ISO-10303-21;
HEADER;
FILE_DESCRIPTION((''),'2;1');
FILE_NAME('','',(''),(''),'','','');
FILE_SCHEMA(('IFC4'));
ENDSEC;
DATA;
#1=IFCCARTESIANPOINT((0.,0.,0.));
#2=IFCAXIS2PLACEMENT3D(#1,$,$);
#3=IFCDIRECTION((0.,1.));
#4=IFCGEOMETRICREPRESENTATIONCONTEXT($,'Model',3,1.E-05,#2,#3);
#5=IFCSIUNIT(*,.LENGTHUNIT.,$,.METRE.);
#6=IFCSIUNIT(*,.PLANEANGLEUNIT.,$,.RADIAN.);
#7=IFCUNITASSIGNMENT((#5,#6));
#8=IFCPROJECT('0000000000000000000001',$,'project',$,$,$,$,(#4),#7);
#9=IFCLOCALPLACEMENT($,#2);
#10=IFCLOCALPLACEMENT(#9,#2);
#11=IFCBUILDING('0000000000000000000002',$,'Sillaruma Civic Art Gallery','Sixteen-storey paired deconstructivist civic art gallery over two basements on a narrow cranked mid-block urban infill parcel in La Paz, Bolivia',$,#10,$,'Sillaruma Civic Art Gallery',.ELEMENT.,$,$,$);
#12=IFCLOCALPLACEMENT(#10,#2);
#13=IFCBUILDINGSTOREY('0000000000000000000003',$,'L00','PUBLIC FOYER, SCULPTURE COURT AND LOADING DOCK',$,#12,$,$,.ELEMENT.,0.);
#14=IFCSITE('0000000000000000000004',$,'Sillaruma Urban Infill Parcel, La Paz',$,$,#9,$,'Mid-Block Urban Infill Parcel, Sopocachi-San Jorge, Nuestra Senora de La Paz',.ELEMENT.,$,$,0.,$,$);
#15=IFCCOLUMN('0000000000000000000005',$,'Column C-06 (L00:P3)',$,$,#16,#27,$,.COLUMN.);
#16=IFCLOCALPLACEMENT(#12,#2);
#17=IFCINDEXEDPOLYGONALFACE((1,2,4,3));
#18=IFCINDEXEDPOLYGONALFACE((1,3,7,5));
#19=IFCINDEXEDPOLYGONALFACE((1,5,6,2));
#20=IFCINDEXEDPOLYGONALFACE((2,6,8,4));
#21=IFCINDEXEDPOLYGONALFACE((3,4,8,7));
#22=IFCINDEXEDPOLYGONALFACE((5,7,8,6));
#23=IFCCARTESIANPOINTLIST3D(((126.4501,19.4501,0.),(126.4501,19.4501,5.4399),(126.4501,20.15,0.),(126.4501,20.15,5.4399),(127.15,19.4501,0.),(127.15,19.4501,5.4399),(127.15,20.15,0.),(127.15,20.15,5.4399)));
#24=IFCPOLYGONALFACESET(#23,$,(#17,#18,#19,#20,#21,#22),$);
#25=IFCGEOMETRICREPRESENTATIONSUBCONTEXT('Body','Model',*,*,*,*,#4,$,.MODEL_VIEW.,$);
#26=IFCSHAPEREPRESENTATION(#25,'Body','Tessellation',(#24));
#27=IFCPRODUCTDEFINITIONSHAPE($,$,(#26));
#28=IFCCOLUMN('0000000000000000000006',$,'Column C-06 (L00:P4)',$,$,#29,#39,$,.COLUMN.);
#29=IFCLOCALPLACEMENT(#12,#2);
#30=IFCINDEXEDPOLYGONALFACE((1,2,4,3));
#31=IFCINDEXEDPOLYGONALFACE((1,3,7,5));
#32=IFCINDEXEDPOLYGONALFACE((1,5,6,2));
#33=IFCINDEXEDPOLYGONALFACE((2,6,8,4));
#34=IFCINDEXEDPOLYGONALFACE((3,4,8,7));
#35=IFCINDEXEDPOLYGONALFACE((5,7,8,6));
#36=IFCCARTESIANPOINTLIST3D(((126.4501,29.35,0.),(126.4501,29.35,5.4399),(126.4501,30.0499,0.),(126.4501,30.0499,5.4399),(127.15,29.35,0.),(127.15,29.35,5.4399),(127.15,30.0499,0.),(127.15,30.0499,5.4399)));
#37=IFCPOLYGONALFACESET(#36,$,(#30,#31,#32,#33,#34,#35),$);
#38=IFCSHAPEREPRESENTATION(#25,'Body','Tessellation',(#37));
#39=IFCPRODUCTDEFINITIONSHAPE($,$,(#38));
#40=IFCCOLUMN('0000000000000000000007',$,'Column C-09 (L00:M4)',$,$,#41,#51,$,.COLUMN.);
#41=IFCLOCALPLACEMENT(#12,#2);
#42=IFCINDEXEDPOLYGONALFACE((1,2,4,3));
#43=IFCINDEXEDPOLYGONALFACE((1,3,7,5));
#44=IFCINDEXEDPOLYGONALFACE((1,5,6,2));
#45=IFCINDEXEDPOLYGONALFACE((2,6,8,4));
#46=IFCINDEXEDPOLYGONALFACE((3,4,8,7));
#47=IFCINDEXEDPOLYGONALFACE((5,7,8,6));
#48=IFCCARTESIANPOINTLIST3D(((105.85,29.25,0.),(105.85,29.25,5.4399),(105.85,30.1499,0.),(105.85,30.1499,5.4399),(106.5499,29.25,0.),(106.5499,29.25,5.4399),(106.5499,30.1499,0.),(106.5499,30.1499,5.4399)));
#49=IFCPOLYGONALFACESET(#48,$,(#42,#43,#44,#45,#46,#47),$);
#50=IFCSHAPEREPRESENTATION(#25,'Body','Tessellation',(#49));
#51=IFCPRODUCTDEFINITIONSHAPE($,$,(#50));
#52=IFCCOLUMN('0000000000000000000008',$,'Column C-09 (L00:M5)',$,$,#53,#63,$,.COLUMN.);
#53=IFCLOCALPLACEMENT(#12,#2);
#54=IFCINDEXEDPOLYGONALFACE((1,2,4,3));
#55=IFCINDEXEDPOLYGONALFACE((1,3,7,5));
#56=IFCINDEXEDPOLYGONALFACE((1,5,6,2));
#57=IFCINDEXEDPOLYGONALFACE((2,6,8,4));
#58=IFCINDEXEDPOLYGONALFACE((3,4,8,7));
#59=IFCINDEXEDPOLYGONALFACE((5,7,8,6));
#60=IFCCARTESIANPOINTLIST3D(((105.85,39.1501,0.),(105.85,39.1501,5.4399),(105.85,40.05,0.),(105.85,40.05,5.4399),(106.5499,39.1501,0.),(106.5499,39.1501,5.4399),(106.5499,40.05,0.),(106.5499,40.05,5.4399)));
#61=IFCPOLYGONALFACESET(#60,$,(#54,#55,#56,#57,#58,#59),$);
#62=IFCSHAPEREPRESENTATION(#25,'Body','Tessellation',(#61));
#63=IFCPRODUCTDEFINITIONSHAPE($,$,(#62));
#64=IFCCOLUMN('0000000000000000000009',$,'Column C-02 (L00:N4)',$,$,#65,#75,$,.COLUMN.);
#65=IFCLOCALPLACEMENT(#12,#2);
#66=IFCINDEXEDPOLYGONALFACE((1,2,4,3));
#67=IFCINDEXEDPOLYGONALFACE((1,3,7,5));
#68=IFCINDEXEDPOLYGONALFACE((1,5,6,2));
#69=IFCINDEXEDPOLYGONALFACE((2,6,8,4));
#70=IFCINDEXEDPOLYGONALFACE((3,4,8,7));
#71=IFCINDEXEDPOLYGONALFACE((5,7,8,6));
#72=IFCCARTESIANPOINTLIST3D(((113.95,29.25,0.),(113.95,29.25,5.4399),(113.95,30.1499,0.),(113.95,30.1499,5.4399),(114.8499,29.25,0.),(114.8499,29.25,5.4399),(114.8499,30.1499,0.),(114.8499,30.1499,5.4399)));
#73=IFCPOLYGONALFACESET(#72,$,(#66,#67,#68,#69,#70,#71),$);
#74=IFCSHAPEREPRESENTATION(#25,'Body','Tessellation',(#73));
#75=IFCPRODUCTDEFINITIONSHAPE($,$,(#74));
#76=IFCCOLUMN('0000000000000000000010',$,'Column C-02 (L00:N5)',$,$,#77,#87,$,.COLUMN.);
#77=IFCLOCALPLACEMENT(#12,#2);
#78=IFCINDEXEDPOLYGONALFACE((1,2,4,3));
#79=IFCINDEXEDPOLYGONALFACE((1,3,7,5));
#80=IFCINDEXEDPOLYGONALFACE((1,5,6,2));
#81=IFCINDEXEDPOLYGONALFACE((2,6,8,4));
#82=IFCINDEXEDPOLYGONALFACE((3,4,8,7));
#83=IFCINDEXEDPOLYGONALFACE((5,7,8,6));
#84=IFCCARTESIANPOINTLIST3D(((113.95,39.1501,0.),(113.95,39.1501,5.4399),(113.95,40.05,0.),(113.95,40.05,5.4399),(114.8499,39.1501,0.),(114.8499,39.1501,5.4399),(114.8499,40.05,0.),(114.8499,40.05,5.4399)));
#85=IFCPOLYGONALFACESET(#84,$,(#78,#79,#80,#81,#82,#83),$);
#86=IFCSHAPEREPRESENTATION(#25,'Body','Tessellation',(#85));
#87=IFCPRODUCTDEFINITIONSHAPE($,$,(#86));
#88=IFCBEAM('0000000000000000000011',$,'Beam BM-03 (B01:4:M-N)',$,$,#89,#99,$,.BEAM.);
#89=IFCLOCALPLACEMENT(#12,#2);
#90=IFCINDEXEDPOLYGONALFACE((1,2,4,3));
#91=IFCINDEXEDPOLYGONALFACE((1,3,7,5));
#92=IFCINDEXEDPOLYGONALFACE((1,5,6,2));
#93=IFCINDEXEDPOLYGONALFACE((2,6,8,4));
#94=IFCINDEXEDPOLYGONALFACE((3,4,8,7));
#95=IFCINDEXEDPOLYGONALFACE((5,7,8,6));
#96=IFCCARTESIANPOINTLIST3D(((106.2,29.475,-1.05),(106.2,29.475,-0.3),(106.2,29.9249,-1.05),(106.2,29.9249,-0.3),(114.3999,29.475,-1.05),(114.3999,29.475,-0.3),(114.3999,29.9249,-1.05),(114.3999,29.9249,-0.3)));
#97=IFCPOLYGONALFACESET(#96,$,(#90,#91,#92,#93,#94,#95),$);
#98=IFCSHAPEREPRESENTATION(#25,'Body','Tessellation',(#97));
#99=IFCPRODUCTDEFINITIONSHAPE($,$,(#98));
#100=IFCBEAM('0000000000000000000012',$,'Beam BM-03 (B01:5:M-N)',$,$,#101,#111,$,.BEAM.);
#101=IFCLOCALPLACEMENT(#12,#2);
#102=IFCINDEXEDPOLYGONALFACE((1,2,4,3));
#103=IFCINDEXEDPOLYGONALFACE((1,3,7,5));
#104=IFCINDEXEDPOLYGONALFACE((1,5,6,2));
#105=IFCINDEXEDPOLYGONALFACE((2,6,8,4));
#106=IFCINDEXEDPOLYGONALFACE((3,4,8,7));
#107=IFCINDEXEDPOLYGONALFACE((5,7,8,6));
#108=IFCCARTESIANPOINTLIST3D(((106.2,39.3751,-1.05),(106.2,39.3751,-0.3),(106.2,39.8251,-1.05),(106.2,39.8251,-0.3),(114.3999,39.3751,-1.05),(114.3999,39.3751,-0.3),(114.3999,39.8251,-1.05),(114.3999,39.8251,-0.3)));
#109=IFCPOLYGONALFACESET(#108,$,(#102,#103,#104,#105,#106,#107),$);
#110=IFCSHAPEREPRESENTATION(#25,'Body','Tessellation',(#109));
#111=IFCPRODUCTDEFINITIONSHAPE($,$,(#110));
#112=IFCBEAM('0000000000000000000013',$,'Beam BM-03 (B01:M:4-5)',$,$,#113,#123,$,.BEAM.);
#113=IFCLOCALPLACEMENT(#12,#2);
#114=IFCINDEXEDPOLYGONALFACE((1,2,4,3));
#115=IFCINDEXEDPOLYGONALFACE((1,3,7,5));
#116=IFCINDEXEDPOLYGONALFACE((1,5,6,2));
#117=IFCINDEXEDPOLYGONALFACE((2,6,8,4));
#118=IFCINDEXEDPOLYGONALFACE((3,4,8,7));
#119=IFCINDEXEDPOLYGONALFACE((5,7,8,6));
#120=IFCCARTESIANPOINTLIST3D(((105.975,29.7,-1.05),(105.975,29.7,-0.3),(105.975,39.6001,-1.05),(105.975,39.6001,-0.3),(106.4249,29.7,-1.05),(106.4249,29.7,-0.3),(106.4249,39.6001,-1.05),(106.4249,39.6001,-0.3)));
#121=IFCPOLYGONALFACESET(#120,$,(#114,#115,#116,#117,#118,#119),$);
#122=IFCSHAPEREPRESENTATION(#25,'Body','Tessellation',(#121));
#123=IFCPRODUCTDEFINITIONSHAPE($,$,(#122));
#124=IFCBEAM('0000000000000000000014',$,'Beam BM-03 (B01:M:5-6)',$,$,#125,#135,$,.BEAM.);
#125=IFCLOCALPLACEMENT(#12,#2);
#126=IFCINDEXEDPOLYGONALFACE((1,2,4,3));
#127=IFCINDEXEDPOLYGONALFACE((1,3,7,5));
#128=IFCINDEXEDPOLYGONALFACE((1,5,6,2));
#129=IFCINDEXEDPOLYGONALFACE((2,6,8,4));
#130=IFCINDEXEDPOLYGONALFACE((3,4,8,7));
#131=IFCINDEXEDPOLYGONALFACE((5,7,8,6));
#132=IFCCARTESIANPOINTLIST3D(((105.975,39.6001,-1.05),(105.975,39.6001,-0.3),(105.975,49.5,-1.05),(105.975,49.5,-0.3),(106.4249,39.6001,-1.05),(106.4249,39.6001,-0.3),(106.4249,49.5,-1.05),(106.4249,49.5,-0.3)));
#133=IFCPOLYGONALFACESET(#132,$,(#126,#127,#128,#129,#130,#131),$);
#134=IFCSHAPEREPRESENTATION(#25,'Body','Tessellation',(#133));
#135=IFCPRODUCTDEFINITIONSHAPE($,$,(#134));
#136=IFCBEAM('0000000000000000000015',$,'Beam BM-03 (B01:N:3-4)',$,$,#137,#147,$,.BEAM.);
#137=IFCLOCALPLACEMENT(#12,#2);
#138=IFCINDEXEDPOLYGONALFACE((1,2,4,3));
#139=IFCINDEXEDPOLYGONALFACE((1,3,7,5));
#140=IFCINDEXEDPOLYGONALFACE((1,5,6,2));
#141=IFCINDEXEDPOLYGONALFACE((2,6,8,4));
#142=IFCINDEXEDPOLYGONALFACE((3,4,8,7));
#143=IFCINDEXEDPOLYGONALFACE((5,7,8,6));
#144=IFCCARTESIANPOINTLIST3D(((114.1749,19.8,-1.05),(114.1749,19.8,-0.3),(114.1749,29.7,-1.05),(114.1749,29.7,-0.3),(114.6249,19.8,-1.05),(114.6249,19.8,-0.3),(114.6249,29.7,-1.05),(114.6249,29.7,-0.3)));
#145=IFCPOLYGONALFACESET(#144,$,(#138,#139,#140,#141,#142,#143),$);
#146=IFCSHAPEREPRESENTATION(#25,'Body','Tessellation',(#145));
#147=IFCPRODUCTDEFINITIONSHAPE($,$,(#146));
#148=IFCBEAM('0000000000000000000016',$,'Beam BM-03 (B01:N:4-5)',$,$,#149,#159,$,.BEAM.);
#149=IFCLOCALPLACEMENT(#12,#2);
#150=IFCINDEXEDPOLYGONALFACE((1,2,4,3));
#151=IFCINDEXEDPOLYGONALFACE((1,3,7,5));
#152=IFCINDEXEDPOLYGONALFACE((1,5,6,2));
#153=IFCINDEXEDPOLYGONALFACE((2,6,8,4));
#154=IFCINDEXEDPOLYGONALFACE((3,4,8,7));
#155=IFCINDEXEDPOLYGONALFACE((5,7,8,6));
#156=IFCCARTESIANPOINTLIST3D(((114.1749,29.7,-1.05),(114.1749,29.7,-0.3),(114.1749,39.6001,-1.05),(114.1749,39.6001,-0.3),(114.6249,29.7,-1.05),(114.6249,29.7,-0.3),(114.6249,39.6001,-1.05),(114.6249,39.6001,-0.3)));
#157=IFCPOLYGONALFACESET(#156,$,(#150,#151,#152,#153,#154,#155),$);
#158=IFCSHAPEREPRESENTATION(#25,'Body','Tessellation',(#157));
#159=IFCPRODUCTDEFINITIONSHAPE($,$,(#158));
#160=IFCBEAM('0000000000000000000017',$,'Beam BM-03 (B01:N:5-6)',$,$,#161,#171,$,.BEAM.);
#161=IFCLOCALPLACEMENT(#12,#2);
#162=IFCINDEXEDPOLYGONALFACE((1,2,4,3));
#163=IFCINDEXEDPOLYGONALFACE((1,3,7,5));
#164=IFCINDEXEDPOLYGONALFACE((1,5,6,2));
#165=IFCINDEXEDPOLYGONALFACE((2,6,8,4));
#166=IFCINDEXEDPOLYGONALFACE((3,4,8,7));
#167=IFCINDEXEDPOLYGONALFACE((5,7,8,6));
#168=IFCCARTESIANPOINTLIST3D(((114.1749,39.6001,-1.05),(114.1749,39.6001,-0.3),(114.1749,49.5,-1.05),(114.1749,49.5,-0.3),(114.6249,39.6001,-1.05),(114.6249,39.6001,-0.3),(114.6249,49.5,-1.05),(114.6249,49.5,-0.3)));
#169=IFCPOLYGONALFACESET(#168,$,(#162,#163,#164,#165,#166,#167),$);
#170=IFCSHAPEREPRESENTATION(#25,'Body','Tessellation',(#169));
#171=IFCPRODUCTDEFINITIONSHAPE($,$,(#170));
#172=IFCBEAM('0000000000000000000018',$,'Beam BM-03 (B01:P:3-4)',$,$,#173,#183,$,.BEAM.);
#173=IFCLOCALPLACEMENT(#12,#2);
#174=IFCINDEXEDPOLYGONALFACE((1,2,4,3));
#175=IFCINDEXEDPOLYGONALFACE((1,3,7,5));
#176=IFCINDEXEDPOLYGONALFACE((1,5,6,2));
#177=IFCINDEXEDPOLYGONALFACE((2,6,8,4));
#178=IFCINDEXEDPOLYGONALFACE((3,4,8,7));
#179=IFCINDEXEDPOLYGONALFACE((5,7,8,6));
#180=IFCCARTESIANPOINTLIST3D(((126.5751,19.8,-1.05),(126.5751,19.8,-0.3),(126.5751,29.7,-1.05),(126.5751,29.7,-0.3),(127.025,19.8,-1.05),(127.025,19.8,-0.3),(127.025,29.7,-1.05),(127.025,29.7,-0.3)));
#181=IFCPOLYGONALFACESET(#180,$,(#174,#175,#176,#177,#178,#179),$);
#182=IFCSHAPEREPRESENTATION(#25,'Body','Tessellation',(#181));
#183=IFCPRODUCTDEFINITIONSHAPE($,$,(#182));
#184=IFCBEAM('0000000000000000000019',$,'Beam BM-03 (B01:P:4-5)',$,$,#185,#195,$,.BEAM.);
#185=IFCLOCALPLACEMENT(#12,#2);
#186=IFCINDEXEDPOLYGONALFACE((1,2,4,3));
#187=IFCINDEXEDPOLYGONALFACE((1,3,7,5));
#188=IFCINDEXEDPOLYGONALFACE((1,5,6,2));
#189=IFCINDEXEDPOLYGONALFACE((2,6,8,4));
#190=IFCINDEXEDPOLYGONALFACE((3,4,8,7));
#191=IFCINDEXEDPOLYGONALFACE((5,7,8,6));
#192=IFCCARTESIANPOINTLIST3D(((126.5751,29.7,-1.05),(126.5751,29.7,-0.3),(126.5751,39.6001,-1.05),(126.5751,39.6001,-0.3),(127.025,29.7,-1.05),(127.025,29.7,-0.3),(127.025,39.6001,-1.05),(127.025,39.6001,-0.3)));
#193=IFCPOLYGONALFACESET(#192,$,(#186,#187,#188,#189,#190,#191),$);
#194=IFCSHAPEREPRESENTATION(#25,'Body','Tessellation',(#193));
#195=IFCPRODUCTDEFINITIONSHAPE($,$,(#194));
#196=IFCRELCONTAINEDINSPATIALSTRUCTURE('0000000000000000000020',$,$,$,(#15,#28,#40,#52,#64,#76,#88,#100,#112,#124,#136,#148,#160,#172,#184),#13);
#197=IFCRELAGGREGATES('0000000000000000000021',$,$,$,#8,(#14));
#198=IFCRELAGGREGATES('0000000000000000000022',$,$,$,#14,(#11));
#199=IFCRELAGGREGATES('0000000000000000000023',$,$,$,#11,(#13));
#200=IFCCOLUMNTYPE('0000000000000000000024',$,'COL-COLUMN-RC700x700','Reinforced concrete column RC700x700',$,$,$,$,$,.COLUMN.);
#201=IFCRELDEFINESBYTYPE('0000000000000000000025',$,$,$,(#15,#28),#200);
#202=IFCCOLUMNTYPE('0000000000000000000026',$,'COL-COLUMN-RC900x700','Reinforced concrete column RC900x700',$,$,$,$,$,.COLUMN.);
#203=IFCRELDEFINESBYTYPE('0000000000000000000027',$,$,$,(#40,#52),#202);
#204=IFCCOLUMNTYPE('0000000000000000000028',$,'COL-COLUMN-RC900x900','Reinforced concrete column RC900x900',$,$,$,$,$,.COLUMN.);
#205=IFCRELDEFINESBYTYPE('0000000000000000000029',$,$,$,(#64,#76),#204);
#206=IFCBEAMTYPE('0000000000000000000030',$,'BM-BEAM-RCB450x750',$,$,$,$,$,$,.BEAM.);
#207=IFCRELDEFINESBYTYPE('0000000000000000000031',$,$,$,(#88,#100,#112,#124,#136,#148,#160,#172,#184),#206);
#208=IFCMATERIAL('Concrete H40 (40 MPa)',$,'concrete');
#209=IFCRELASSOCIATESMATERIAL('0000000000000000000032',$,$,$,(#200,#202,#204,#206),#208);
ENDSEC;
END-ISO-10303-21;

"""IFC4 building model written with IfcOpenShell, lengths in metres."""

from ifc_helpers import new_model, si_unit, direction, frame, origin, origin_2d, place, context, subcontext, project, spatial, rectangle, extrude, material, material_profile, profile_set, type_object, element, save


model = new_model("IFC4")

# Units and contexts
model_context = context("Model", 3, precision=1e-05, world=origin(), true_north=direction((0.0, 1.0)))
body_context = subcontext(model_context, "Body", "Model", "MODEL_VIEW")
ifc_project = project(units=[si_unit("LENGTHUNIT", "METRE"), si_unit("PLANEANGLEUNIT", "RADIAN")], contexts=[model_context])

# Site, building, storey
site_placement = place(None, origin())
site = spatial("IfcSite", under=ifc_project, at=site_placement, Name="Sillaruma Urban Infill Parcel, La Paz", LongName="Mid-Block Urban Infill Parcel, Sopocachi-San Jorge, Nuestra Senora de La Paz", CompositionType="ELEMENT", RefElevation=0.0)
building_placement = place(site_placement, origin())
building = spatial("IfcBuilding", under=site, at=building_placement, Name="Sillaruma Civic Art Gallery", Description="Sixteen-storey paired deconstructivist civic art gallery over two basements on a narrow cranked mid-block urban infill parcel in La Paz, Bolivia", LongName="Sillaruma Civic Art Gallery", CompositionType="ELEMENT")
storey_placement = place(building_placement, origin())
storey = spatial("IfcBuildingStorey", under=building, at=storey_placement, Name="L00", Description="PUBLIC FOYER, SCULPTURE COURT AND LOADING DOCK", CompositionType="ELEMENT", Elevation=0.0)

# Columns
ifc_material_1 = material(Name="Concrete H40 (40 MPa)", Category="concrete")
ifc_material_profile_1 = material_profile(ifc_material_1, rectangle(XDim=0.7, YDim=0.7, at=origin_2d()), Name="RC700x700")
ifc_profile_set_1 = profile_set([ifc_material_profile_1], Name="Concrete H40 (40 MPa)")
column_type_1 = type_object("IfcColumnType", Name="COL-COLUMN-RC700x700", Description="Reinforced concrete column RC700x700", PredefinedType="COLUMN", material=ifc_profile_set_1)
for number, where, z_axis, x_axis, name in (
    (1, (126.8, 19.8, 0.0), (0.0, 0.0, 1.0), (1.0, 0.0, 0.0), "Column C-06 (L00:P3)"),
    (2, (126.8, 29.7, 0.0), (0.0, 0.0, 1.0), (1.0, 0.0, 0.0), "Column C-06 (L00:P4)"),
):
    element("IfcColumn", number, at=place(storey_placement, frame(where, z_axis=z_axis, x_axis=x_axis)), inside=storey, type_object=column_type_1, Name=name, PredefinedType="COLUMN", context=body_context, shape_type="SweptSolid", body=[
        extrude(rectangle(XDim=0.7, YDim=0.7, at=origin_2d()), origin(), (0.0, 0.0, 1.0), 5.4399),
    ])
ifc_material_profile_2 = material_profile(ifc_material_1, rectangle(XDim=0.7, YDim=0.8999, at=origin_2d()), Name="RC900x700")
ifc_profile_set_2 = profile_set([ifc_material_profile_2], Name="Concrete H40 (40 MPa)")
column_type_2 = type_object("IfcColumnType", Name="COL-COLUMN-RC900x700", Description="Reinforced concrete column RC900x700", PredefinedType="COLUMN", material=ifc_profile_set_2)
for number, where, z_axis, x_axis, name in (
    (3, (106.2, 29.7, 0.0), (0.0, 0.0, 1.0), (1.0, 0.0, 0.0), "Column C-09 (L00:M4)"),
    (4, (106.2, 39.6001, 0.0), (0.0, 0.0, 1.0), (1.0, 0.0, 0.0), "Column C-09 (L00:M5)"),
):
    element("IfcColumn", number, at=place(storey_placement, frame(where, z_axis=z_axis, x_axis=x_axis)), inside=storey, type_object=column_type_2, Name=name, PredefinedType="COLUMN", context=body_context, shape_type="SweptSolid", body=[
        extrude(rectangle(XDim=0.7, YDim=0.8999, at=origin_2d()), origin(), (0.0, 0.0, 1.0), 5.4399),
    ])
ifc_material_profile_3 = material_profile(ifc_material_1, rectangle(XDim=0.8999, YDim=0.8999, at=origin_2d()), Name="RC900x900")
ifc_profile_set_3 = profile_set([ifc_material_profile_3], Name="Concrete H40 (40 MPa)")
column_type_3 = type_object("IfcColumnType", Name="COL-COLUMN-RC900x900", Description="Reinforced concrete column RC900x900", PredefinedType="COLUMN", material=ifc_profile_set_3)
for number, where, z_axis, x_axis, name in (
    (5, (114.3999, 29.7, 0.0), (0.0, 0.0, 1.0), (1.0, 0.0, 0.0), "Column C-02 (L00:N4)"),
    (6, (114.3999, 39.6001, 0.0), (0.0, 0.0, 1.0), (1.0, 0.0, 0.0), "Column C-02 (L00:N5)"),
):
    element("IfcColumn", number, at=place(storey_placement, frame(where, z_axis=z_axis, x_axis=x_axis)), inside=storey, type_object=column_type_3, Name=name, PredefinedType="COLUMN", context=body_context, shape_type="SweptSolid", body=[
        extrude(rectangle(XDim=0.8999, YDim=0.8999, at=origin_2d()), origin(), (0.0, 0.0, 1.0), 5.4399),
    ])

# Beams
ifc_material_profile_4 = material_profile(ifc_material_1, rectangle(XDim=0.45, YDim=0.75, at=origin_2d()), Name="RCB450x750")
ifc_profile_set_4 = profile_set([ifc_material_profile_4], Name="Concrete H40 (40 MPa)")
beam_type_1 = type_object("IfcBeamType", Name="BM-BEAM-RCB450x750", PredefinedType="BEAM", material=ifc_profile_set_4)
for number, where, z_axis, x_axis, name in (
    (7, (106.2, 29.7, -0.675), (1.0, 0.0, 0.0), (0.0, 1.0, 0.0), "Beam BM-03 (B01:4:M-N)"),
    (8, (106.2, 39.6001, -0.675), (1.0, 0.0, 0.0), (0.0, 1.0, 0.0), "Beam BM-03 (B01:5:M-N)"),
):
    element("IfcBeam", number, at=place(storey_placement, frame(where, z_axis=z_axis, x_axis=x_axis)), inside=storey, type_object=beam_type_1, Name=name, PredefinedType="BEAM", context=body_context, shape_type="SweptSolid", body=[
        extrude(rectangle(XDim=0.45, YDim=0.75, at=origin_2d()), origin(), (0.0, 0.0, 1.0), 8.2),
    ])
beam_1_placement = place(storey_placement, frame((106.2, 29.7, -0.675), z_axis=(0.0, 1.0, 0.0), x_axis=(-1.0, 0.0, 0.0)))
element("IfcBeam", 9, at=beam_1_placement, inside=storey, type_object=beam_type_1, Name="Beam BM-03 (B01:M:4-5)", PredefinedType="BEAM", context=body_context, shape_type="SweptSolid", body=[
    extrude(rectangle(XDim=0.45, YDim=0.75, at=origin_2d()), origin(), (0.0, 0.0, 1.0), 9.9001),
])
for number, where, z_axis, x_axis, name in (
    (10, (106.2, 39.6001, -0.675), (0.0, 1.0, 0.0), (-1.0, 0.0, 0.0), "Beam BM-03 (B01:M:5-6)"),
    (11, (114.3999, 19.8, -0.675), (0.0, 1.0, 0.0), (-1.0, 0.0, 0.0), "Beam BM-03 (B01:N:3-4)"),
):
    element("IfcBeam", number, at=place(storey_placement, frame(where, z_axis=z_axis, x_axis=x_axis)), inside=storey, type_object=beam_type_1, Name=name, PredefinedType="BEAM", context=body_context, shape_type="SweptSolid", body=[
        extrude(rectangle(XDim=0.45, YDim=0.75, at=origin_2d()), origin(), (0.0, 0.0, 1.0), 9.8999),
    ])
beam_2_placement = place(storey_placement, frame((114.3999, 29.7, -0.675), z_axis=(0.0, 1.0, 0.0), x_axis=(-1.0, 0.0, 0.0)))
element("IfcBeam", 12, at=beam_2_placement, inside=storey, type_object=beam_type_1, Name="Beam BM-03 (B01:N:4-5)", PredefinedType="BEAM", context=body_context, shape_type="SweptSolid", body=[
    extrude(rectangle(XDim=0.45, YDim=0.75, at=origin_2d()), origin(), (0.0, 0.0, 1.0), 9.9001),
])
for number, where, z_axis, x_axis, name in (
    (13, (114.3999, 39.6001, -0.675), (0.0, 1.0, 0.0), (-1.0, 0.0, 0.0), "Beam BM-03 (B01:N:5-6)"),
    (14, (126.8, 19.8, -0.675), (0.0, 1.0, 0.0), (-1.0, 0.0, 0.0), "Beam BM-03 (B01:P:3-4)"),
):
    element("IfcBeam", number, at=place(storey_placement, frame(where, z_axis=z_axis, x_axis=x_axis)), inside=storey, type_object=beam_type_1, Name=name, PredefinedType="BEAM", context=body_context, shape_type="SweptSolid", body=[
        extrude(rectangle(XDim=0.45, YDim=0.75, at=origin_2d()), origin(), (0.0, 0.0, 1.0), 9.8999),
    ])
beam_3_placement = place(storey_placement, frame((126.8, 29.7, -0.675), z_axis=(0.0, 1.0, 0.0), x_axis=(-1.0, 0.0, 0.0)))
element("IfcBeam", 15, at=beam_3_placement, inside=storey, type_object=beam_type_1, Name="Beam BM-03 (B01:P:4-5)", PredefinedType="BEAM", context=body_context, shape_type="SweptSolid", body=[
    extrude(rectangle(XDim=0.45, YDim=0.75, at=origin_2d()), origin(), (0.0, 0.0, 1.0), 9.9001),
])

save(model, "model.ifc")
